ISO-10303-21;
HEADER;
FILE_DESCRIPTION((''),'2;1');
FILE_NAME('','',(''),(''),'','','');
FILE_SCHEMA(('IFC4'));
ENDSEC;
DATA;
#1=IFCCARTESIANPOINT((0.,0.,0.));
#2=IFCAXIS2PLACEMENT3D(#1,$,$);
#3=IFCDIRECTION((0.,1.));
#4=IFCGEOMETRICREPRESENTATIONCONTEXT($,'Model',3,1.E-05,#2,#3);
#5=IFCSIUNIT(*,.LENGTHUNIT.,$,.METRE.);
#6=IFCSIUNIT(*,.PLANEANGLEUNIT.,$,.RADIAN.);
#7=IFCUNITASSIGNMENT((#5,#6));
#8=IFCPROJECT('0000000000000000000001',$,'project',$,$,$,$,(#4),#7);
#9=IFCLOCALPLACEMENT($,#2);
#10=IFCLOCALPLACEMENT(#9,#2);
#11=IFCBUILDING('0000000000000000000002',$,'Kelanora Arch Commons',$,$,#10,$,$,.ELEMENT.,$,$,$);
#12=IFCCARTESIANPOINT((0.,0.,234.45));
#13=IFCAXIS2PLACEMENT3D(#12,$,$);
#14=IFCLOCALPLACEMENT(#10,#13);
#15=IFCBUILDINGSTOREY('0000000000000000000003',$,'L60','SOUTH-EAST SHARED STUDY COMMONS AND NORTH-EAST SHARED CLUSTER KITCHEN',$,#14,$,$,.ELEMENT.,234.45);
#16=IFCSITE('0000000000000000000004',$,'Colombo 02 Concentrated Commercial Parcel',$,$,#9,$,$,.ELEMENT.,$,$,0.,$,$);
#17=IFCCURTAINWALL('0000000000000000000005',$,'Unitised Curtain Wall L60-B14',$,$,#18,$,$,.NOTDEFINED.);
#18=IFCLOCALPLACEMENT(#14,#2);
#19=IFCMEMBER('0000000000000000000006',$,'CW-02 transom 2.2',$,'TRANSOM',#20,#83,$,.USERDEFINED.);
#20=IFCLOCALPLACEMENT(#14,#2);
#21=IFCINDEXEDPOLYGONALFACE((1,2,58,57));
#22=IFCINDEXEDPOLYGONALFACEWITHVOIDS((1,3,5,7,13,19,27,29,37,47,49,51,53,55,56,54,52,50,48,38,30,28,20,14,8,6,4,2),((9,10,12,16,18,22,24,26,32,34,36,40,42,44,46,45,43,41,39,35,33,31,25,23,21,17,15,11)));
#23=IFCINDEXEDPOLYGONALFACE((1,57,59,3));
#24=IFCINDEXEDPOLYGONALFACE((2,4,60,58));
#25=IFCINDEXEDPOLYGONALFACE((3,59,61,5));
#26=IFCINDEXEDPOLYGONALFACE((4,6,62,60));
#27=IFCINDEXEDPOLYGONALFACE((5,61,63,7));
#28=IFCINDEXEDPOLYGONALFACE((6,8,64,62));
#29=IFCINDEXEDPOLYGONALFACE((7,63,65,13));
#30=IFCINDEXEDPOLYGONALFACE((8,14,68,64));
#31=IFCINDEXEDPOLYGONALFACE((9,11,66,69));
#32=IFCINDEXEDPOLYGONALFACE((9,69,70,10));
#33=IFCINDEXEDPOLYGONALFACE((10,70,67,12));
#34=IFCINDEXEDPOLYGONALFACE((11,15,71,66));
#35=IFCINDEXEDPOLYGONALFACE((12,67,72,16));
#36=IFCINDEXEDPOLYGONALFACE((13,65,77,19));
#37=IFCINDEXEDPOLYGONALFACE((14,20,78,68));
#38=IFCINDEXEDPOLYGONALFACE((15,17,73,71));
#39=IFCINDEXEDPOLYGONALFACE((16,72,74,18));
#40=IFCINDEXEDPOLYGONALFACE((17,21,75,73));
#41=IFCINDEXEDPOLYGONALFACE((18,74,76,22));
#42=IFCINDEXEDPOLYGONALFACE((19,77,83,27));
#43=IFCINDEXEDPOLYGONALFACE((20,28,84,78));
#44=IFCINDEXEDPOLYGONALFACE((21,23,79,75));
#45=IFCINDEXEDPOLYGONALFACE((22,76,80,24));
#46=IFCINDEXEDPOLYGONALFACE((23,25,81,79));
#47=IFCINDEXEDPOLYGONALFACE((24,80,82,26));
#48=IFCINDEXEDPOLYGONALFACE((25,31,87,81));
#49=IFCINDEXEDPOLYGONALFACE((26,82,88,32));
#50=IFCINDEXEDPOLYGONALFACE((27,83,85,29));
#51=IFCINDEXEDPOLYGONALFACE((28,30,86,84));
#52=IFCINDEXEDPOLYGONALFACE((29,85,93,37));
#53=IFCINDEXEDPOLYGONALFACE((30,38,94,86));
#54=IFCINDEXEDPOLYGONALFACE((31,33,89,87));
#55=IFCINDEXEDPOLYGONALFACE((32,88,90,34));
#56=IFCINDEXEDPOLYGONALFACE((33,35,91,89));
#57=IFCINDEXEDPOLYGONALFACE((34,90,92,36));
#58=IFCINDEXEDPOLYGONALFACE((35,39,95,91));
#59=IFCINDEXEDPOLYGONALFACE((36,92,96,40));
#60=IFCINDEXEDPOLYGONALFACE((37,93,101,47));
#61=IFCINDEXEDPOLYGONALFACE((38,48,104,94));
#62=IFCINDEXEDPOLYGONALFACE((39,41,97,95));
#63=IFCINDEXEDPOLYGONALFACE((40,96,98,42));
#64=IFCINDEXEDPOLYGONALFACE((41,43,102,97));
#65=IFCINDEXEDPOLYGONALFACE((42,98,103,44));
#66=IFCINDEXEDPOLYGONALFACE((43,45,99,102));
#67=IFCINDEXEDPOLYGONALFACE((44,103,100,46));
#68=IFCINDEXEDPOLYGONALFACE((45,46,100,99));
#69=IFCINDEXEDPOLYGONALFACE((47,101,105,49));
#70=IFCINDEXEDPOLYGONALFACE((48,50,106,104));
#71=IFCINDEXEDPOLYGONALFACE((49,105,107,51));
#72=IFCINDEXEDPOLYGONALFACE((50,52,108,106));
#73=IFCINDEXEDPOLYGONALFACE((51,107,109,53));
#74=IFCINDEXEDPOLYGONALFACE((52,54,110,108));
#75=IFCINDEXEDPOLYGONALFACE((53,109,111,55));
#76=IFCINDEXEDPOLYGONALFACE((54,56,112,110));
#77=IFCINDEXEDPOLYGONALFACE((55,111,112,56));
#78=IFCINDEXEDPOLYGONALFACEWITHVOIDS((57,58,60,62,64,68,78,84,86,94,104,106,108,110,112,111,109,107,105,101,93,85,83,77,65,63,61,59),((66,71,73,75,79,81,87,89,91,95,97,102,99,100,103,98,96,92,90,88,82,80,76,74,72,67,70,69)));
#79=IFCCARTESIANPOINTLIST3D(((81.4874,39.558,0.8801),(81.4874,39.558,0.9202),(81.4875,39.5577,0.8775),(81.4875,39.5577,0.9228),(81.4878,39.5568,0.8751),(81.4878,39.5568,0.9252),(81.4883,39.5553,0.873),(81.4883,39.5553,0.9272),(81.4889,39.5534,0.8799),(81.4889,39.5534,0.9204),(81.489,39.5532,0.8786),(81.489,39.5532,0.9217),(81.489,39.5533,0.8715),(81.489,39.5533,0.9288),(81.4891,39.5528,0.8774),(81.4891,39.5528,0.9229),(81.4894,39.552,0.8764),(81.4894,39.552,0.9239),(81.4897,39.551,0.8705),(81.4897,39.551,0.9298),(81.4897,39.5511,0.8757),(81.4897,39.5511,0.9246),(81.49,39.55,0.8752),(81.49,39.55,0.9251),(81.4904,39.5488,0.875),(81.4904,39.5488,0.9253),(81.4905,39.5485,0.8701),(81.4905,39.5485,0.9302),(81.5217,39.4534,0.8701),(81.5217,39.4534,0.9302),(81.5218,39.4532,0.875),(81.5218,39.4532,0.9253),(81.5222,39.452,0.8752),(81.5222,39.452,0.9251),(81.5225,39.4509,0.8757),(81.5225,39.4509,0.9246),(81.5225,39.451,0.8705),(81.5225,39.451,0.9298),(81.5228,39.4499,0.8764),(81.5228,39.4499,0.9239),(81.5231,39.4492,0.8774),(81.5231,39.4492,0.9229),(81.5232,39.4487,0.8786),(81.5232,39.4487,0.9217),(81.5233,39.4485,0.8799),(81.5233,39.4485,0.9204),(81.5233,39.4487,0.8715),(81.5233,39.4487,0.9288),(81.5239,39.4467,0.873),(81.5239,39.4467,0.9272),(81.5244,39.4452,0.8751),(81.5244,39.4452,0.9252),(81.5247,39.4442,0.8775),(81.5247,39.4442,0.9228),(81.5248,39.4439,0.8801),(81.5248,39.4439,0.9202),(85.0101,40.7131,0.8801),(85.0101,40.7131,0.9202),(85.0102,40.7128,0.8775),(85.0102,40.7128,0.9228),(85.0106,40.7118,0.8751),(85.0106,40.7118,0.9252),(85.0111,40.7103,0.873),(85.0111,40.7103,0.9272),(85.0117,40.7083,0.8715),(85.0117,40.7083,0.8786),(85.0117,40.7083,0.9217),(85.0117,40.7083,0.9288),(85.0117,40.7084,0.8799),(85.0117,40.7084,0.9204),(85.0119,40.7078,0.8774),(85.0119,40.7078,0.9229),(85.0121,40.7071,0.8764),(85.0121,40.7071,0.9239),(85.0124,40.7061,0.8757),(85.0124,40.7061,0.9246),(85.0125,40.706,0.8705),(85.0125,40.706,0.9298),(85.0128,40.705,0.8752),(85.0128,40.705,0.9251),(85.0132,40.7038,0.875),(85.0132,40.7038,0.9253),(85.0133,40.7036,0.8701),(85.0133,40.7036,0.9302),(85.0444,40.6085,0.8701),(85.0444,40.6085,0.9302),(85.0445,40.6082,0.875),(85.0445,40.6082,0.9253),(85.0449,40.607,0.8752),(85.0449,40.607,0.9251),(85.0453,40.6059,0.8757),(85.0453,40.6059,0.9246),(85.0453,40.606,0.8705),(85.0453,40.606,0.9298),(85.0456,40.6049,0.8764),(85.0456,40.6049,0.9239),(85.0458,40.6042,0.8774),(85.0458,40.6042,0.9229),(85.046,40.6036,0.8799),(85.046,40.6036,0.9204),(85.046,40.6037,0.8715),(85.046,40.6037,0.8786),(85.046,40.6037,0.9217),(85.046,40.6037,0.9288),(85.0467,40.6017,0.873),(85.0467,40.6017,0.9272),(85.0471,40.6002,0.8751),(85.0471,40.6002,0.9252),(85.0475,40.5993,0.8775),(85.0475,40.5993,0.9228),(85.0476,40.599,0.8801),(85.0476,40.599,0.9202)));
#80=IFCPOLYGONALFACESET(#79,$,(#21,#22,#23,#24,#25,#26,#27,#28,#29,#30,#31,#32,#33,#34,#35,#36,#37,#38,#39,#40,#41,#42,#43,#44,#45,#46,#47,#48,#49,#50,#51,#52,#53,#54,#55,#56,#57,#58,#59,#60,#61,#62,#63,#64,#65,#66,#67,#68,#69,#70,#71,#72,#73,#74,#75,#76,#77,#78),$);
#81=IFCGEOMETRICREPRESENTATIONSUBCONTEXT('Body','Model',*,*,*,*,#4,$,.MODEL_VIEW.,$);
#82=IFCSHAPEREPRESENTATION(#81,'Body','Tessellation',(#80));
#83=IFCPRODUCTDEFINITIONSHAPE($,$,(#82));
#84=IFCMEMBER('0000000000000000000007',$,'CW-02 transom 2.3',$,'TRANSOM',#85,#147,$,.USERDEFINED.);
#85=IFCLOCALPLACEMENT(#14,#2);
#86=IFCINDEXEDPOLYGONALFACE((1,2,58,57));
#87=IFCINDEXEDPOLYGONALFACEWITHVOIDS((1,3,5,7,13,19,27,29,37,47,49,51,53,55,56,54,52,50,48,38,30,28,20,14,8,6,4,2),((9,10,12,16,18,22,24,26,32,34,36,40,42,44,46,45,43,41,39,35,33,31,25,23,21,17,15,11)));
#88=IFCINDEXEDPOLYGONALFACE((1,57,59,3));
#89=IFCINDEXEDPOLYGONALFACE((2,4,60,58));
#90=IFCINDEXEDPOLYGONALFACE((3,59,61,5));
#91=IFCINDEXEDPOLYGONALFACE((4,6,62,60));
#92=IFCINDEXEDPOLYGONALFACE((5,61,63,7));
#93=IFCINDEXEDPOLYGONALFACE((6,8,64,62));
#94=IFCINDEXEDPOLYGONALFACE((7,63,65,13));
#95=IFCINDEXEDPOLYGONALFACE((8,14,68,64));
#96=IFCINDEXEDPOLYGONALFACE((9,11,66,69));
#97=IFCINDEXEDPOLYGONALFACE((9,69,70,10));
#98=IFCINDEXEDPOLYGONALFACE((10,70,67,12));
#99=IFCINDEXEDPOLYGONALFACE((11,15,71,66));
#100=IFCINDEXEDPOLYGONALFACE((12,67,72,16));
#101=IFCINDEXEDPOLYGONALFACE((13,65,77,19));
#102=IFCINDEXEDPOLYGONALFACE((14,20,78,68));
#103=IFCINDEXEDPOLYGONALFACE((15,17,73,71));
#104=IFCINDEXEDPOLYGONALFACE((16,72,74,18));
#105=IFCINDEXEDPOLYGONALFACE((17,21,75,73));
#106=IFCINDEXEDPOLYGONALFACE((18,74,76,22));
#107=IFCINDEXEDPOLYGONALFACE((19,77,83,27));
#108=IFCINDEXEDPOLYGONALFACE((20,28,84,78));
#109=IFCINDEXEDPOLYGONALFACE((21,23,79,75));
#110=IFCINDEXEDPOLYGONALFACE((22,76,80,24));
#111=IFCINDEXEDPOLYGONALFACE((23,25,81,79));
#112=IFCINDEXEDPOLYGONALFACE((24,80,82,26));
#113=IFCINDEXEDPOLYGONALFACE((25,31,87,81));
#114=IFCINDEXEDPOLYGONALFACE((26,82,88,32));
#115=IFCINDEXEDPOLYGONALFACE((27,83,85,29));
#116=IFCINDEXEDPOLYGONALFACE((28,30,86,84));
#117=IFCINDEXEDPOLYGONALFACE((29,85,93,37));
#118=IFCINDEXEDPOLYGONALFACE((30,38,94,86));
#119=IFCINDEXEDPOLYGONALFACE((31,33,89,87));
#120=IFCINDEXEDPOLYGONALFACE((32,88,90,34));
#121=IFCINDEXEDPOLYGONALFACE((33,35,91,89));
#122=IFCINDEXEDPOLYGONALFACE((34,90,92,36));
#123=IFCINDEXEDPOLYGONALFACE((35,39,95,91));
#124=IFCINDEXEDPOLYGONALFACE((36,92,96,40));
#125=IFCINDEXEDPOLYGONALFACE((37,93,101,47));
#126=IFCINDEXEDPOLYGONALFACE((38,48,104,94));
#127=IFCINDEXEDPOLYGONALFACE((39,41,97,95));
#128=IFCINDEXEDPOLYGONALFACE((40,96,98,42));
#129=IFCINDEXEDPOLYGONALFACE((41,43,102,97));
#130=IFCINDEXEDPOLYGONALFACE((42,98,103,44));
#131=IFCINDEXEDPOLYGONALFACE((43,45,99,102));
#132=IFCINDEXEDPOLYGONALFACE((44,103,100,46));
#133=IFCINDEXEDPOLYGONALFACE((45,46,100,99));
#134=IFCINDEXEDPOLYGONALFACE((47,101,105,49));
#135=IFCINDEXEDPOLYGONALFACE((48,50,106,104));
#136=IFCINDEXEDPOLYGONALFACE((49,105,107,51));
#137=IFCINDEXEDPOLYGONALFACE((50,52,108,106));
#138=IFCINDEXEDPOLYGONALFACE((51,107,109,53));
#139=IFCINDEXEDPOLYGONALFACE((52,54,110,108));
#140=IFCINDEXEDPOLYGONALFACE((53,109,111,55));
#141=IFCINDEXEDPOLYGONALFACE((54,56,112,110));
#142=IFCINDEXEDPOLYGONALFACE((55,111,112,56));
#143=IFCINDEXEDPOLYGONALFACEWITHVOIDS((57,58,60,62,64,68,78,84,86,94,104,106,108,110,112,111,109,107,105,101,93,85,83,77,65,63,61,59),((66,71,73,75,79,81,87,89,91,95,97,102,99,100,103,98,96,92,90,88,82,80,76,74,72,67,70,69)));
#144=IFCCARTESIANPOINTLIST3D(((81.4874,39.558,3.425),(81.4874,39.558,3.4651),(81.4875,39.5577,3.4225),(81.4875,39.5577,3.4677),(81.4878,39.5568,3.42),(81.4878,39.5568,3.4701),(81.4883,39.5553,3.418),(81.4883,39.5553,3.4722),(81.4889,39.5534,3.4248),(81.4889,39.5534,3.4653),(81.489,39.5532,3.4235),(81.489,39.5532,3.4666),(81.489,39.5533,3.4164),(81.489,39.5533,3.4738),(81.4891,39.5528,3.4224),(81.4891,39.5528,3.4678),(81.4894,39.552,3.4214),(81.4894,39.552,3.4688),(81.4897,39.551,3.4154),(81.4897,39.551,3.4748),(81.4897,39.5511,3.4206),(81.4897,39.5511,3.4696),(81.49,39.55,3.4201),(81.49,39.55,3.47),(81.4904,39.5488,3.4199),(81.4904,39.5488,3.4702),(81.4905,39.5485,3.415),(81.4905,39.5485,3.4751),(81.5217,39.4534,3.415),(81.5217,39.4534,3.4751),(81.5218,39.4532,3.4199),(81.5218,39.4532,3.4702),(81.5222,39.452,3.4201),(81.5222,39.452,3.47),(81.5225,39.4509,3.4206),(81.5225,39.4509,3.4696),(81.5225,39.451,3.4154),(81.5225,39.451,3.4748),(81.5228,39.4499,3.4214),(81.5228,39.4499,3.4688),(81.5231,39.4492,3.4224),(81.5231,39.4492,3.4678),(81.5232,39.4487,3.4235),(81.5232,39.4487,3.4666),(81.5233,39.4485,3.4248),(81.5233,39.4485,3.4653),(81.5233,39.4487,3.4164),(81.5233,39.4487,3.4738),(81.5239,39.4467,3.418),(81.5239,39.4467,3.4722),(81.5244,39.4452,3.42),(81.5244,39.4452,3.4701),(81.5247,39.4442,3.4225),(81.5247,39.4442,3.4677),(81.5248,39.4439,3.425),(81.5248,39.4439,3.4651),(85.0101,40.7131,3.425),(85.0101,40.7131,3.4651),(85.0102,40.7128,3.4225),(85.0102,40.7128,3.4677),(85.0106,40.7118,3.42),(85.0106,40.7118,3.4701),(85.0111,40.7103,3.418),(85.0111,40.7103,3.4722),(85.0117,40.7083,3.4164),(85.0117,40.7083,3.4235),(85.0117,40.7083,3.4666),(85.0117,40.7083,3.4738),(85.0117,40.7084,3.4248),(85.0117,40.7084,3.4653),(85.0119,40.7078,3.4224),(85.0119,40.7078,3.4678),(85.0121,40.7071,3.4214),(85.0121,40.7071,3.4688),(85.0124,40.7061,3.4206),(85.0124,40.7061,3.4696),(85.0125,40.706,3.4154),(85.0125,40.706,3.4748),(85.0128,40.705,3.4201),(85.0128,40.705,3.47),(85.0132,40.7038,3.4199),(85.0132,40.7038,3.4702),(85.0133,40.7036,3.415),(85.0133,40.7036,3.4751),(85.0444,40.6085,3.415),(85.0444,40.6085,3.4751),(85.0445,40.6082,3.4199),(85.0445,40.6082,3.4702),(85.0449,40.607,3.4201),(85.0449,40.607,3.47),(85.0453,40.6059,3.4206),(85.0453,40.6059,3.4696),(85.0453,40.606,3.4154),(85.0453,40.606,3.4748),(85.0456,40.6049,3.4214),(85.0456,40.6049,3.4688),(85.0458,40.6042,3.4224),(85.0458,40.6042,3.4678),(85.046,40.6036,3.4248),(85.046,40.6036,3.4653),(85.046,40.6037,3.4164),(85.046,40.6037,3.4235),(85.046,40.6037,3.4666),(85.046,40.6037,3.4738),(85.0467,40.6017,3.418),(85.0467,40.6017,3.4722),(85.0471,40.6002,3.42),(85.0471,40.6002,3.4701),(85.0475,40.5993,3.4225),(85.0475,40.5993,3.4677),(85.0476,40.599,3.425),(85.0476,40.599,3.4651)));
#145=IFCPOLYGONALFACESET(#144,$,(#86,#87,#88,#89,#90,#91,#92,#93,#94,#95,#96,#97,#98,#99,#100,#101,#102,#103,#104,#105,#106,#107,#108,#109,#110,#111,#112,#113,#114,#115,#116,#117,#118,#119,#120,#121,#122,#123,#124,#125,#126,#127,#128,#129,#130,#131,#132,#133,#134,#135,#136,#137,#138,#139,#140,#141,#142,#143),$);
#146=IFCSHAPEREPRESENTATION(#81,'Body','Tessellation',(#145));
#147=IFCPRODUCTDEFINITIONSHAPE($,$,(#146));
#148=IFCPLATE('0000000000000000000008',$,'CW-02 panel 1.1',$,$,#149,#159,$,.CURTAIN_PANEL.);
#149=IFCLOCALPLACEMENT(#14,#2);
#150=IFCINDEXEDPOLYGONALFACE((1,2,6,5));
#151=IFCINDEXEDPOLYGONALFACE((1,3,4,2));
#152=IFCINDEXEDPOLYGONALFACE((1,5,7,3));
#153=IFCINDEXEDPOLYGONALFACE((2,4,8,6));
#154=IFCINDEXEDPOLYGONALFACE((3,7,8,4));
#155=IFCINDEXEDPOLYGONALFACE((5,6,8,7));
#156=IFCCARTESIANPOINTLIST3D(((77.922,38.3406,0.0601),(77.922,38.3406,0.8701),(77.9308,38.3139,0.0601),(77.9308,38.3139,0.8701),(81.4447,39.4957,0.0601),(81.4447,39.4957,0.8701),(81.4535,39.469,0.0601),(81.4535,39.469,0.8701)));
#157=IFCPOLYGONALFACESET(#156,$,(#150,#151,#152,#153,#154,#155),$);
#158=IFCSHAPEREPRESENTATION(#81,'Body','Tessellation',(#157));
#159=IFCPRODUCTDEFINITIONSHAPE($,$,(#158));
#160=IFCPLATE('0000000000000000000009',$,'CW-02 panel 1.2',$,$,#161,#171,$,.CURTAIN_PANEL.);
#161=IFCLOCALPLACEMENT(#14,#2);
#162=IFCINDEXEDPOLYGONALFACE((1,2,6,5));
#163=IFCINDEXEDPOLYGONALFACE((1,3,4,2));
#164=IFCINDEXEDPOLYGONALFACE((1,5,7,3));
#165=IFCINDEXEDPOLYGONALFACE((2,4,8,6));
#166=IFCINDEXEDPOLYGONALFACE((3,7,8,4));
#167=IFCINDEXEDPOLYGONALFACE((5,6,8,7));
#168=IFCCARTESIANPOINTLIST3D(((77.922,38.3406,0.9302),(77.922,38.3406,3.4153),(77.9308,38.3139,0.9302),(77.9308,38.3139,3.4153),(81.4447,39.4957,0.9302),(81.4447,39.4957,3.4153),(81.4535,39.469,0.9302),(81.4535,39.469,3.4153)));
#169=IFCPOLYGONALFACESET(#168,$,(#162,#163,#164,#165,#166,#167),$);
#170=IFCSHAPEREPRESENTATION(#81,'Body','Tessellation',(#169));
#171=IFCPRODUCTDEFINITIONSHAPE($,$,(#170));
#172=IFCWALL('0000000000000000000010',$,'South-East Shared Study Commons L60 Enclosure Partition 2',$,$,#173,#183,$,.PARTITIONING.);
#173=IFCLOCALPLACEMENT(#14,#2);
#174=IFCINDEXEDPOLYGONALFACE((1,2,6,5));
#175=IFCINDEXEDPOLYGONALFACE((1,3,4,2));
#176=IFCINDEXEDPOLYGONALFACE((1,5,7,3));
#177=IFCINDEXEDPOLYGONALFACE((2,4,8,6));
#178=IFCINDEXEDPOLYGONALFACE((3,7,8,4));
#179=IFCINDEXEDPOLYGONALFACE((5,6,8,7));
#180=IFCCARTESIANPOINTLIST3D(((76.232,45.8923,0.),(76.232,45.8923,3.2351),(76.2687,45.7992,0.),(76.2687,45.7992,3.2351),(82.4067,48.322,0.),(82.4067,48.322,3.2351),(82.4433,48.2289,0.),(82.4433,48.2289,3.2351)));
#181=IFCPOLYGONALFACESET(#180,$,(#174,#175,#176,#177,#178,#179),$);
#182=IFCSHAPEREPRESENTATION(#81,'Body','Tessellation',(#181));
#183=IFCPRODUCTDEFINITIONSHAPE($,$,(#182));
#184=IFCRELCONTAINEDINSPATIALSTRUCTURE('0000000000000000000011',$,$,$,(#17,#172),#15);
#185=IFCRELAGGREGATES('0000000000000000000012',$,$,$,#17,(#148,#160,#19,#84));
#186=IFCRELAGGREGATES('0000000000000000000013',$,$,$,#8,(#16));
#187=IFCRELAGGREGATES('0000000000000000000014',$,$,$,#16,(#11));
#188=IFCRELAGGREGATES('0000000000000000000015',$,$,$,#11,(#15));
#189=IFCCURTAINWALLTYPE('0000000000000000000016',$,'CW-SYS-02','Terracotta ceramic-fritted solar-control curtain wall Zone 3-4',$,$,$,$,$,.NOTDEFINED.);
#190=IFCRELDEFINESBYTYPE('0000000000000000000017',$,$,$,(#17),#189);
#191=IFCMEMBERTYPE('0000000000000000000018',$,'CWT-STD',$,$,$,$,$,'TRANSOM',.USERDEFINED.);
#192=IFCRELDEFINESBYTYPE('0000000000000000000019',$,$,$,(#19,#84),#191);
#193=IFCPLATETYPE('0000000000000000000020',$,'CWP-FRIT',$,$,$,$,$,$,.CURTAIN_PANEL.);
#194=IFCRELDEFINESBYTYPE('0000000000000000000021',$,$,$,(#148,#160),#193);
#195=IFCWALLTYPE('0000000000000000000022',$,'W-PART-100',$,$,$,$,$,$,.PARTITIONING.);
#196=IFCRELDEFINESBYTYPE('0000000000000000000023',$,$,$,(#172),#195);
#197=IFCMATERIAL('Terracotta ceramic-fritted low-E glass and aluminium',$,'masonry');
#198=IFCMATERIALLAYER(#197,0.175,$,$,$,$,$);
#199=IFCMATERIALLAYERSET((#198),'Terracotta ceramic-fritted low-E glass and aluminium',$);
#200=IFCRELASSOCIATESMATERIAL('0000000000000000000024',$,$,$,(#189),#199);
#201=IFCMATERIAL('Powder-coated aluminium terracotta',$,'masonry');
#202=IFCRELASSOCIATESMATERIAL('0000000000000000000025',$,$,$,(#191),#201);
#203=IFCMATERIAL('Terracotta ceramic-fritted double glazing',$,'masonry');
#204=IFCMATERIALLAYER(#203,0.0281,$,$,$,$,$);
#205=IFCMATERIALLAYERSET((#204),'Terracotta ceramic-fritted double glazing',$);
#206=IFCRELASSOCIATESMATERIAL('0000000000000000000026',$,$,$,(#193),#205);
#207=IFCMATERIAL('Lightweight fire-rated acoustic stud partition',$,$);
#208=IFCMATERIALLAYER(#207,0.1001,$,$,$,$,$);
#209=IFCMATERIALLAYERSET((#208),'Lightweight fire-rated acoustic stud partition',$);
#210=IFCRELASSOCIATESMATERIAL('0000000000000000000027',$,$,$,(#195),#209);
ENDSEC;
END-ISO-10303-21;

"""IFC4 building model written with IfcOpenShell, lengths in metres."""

from ifc_helpers import new_model, si_unit, direction, frame, frame_2d, origin, origin_2d, place, context, subcontext, project, spatial, rectangle, hollow_rectangle, extrude, source, transform, mapped, material, layer, layer_set, material_profile, profile_set, type_object, element, aggregate, save


model = new_model("IFC4")

# Units and contexts
model_context = context("Model", 3, precision=1e-05, world=origin(), true_north=direction((0.0, 1.0)))
body_context = subcontext(model_context, "Body", "Model", "MODEL_VIEW")
ifc_project = project(units=[si_unit("LENGTHUNIT", "METRE"), si_unit("PLANEANGLEUNIT", "RADIAN")], contexts=[model_context])

# Site, building, storey
site_placement = place(None, origin())
site = spatial("IfcSite", under=ifc_project, at=site_placement, Name="Colombo 02 Concentrated Commercial Parcel", CompositionType="ELEMENT", RefElevation=0.0)
building_placement = place(site_placement, origin())
building = spatial("IfcBuilding", under=site, at=building_placement, Name="Kelanora Arch Commons", CompositionType="ELEMENT")
storey_placement = place(building_placement, frame((0.0, 0.0, 234.45)))
storey = spatial("IfcBuildingStorey", under=building, at=storey_placement, Name="L60", Description="SOUTH-EAST SHARED STUDY COMMONS AND NORTH-EAST SHARED CLUSTER KITCHEN", CompositionType="ELEMENT", Elevation=234.45)

# Curtain wall, members, plates
ifc_material_1 = material(Name="Terracotta ceramic-fritted low-E glass and aluminium", Category="masonry")
ifc_layer_1 = layer(ifc_material_1, 0.175)
ifc_layer_set_1 = layer_set([ifc_layer_1], Name="Terracotta ceramic-fritted low-E glass and aluminium")
curtain_wall_type = type_object("IfcCurtainWallType", Name="CW-SYS-02", Description="Terracotta ceramic-fritted solar-control curtain wall Zone 3-4", PredefinedType="NOTDEFINED", material=ifc_layer_set_1)
curtain_wall_placement = place(storey_placement, origin())
curtain_wall = element("IfcCurtainWall", 1, at=curtain_wall_placement, inside=storey, type_object=curtain_wall_type, Name="Unitised Curtain Wall L60-B14", PredefinedType="NOTDEFINED")
ifc_material_2 = material(Name="Powder-coated aluminium terracotta", Category="masonry")
ifc_material_profile_1 = material_profile(ifc_material_2, hollow_rectangle(XDim=0.1201, YDim=0.0601, WallThickness=0.0049, InnerFilletRadius=0.0049, OuterFilletRadius=0.01, at=origin_2d()), Name="CWT120x60")
ifc_profile_set_1 = profile_set([ifc_material_profile_1], Name="Powder-coated aluminium terracotta")
member_type_1 = type_object("IfcMemberType", Name="CWT-STD", ElementType="TRANSOM", PredefinedType="USERDEFINED", material=ifc_profile_set_1)
member_1_placement = place(storey_placement, frame((81.5061, 39.501, 0.9001), z_axis=(0.950226, 0.311561, 0.0), x_axis=(-0.311561, 0.950226, 0.0)))
member_1 = element("IfcMember", 2, at=member_1_placement, type_object=member_type_1, Name="CW-02 transom 2.2", ObjectType="TRANSOM", PredefinedType="USERDEFINED", context=body_context, shape_type="SweptSolid", body=[
    extrude(hollow_rectangle(XDim=0.1201, YDim=0.0601, WallThickness=0.0049, InnerFilletRadius=0.0049, OuterFilletRadius=0.01, at=origin_2d()), origin(), (0.0, 0.0, 1.0), 3.7073),
])
member_2_placement = place(storey_placement, frame((81.5061, 39.501, 3.4451), z_axis=(0.950226, 0.311561, 0.0), x_axis=(-0.311561, 0.950226, 0.0)))
member_2 = element("IfcMember", 3, at=member_2_placement, type_object=member_type_1, Name="CW-02 transom 2.3", ObjectType="TRANSOM", PredefinedType="USERDEFINED", context=body_context, shape_type="SweptSolid", body=[
    extrude(hollow_rectangle(XDim=0.1201, YDim=0.0601, WallThickness=0.0049, InnerFilletRadius=0.0049, OuterFilletRadius=0.01, at=origin_2d()), origin(), (0.0, 0.0, 1.0), 3.7073),
])
ifc_material_3 = material(Name="Terracotta ceramic-fritted double glazing", Category="masonry")
ifc_layer_2 = layer(ifc_material_3, 0.0281)
ifc_layer_set_2 = layer_set([ifc_layer_2], Name="Terracotta ceramic-fritted double glazing")
plate_type = type_object("IfcPlateType", Name="CWP-FRIT", PredefinedType="CURTAIN_PANEL", material=ifc_layer_set_2)
shared_shape_1 = source(origin(), body_context, "Body", "SweptSolid", [
    extrude(rectangle(XDim=3.7073, YDim=0.0281, at=origin_2d()), origin(), (0.0, 0.0, 1.0), 0.8101),
])
plate_1_placement = place(storey_placement, frame((79.6877, 38.9048, 0.0601), z_axis=(0.0, 0.0, 1.0), x_axis=(0.950219, 0.311582, 0.0)))
plate_1 = element("IfcPlate", 4, at=plate_1_placement, type_object=plate_type, Name="CW-02 panel 1.1", PredefinedType="CURTAIN_PANEL", context=body_context, shape_type="MappedRepresentation", body=[
    mapped(shared_shape_1, transform((0.0, 0.0, 0.0), scale=1.0)),
])
shared_shape_2 = source(origin(), body_context, "Body", "SweptSolid", [
    extrude(rectangle(XDim=3.7073, YDim=0.0281, at=origin_2d()), origin(), (0.0, 0.0, 1.0), 2.4851),
])
plate_2_placement = place(storey_placement, frame((79.6877, 38.9048, 0.9302), z_axis=(0.0, 0.0, 1.0), x_axis=(0.950219, 0.311582, 0.0)))
plate_2 = element("IfcPlate", 5, at=plate_2_placement, type_object=plate_type, Name="CW-02 panel 1.2", PredefinedType="CURTAIN_PANEL", context=body_context, shape_type="MappedRepresentation", body=[
    mapped(shared_shape_2, transform((0.0, 0.0, 0.0), scale=1.0)),
])
aggregate(curtain_wall, [plate_1, plate_2, member_1, member_2])

# Wall
ifc_material_4 = material(Name="Lightweight fire-rated acoustic stud partition")
ifc_layer_3 = layer(ifc_material_4, 0.1001)
ifc_layer_set_3 = layer_set([ifc_layer_3], Name="Lightweight fire-rated acoustic stud partition")
wall_type = type_object("IfcWallType", Name="W-PART-100", PredefinedType="PARTITIONING", material=ifc_layer_set_3)
wall_placement = place(storey_placement, frame((76.2502, 45.8457, 0.0), z_axis=(0.0, 0.0, 1.0), x_axis=(0.930548, 0.36617, 0.0)))
element("IfcWall", 6, at=wall_placement, inside=storey, type_object=wall_type, Name="South-East Shared Study Commons L60 Enclosure Partition 2", PredefinedType="PARTITIONING", context=body_context, shape_type="SweptSolid", body=[
    extrude(rectangle(XDim=6.6355, YDim=0.1001, at=frame_2d((3.3179, 0.0))), origin(), (0.0, 0.0, 1.0), 3.2351),
])

save(model, "model.ifc")
